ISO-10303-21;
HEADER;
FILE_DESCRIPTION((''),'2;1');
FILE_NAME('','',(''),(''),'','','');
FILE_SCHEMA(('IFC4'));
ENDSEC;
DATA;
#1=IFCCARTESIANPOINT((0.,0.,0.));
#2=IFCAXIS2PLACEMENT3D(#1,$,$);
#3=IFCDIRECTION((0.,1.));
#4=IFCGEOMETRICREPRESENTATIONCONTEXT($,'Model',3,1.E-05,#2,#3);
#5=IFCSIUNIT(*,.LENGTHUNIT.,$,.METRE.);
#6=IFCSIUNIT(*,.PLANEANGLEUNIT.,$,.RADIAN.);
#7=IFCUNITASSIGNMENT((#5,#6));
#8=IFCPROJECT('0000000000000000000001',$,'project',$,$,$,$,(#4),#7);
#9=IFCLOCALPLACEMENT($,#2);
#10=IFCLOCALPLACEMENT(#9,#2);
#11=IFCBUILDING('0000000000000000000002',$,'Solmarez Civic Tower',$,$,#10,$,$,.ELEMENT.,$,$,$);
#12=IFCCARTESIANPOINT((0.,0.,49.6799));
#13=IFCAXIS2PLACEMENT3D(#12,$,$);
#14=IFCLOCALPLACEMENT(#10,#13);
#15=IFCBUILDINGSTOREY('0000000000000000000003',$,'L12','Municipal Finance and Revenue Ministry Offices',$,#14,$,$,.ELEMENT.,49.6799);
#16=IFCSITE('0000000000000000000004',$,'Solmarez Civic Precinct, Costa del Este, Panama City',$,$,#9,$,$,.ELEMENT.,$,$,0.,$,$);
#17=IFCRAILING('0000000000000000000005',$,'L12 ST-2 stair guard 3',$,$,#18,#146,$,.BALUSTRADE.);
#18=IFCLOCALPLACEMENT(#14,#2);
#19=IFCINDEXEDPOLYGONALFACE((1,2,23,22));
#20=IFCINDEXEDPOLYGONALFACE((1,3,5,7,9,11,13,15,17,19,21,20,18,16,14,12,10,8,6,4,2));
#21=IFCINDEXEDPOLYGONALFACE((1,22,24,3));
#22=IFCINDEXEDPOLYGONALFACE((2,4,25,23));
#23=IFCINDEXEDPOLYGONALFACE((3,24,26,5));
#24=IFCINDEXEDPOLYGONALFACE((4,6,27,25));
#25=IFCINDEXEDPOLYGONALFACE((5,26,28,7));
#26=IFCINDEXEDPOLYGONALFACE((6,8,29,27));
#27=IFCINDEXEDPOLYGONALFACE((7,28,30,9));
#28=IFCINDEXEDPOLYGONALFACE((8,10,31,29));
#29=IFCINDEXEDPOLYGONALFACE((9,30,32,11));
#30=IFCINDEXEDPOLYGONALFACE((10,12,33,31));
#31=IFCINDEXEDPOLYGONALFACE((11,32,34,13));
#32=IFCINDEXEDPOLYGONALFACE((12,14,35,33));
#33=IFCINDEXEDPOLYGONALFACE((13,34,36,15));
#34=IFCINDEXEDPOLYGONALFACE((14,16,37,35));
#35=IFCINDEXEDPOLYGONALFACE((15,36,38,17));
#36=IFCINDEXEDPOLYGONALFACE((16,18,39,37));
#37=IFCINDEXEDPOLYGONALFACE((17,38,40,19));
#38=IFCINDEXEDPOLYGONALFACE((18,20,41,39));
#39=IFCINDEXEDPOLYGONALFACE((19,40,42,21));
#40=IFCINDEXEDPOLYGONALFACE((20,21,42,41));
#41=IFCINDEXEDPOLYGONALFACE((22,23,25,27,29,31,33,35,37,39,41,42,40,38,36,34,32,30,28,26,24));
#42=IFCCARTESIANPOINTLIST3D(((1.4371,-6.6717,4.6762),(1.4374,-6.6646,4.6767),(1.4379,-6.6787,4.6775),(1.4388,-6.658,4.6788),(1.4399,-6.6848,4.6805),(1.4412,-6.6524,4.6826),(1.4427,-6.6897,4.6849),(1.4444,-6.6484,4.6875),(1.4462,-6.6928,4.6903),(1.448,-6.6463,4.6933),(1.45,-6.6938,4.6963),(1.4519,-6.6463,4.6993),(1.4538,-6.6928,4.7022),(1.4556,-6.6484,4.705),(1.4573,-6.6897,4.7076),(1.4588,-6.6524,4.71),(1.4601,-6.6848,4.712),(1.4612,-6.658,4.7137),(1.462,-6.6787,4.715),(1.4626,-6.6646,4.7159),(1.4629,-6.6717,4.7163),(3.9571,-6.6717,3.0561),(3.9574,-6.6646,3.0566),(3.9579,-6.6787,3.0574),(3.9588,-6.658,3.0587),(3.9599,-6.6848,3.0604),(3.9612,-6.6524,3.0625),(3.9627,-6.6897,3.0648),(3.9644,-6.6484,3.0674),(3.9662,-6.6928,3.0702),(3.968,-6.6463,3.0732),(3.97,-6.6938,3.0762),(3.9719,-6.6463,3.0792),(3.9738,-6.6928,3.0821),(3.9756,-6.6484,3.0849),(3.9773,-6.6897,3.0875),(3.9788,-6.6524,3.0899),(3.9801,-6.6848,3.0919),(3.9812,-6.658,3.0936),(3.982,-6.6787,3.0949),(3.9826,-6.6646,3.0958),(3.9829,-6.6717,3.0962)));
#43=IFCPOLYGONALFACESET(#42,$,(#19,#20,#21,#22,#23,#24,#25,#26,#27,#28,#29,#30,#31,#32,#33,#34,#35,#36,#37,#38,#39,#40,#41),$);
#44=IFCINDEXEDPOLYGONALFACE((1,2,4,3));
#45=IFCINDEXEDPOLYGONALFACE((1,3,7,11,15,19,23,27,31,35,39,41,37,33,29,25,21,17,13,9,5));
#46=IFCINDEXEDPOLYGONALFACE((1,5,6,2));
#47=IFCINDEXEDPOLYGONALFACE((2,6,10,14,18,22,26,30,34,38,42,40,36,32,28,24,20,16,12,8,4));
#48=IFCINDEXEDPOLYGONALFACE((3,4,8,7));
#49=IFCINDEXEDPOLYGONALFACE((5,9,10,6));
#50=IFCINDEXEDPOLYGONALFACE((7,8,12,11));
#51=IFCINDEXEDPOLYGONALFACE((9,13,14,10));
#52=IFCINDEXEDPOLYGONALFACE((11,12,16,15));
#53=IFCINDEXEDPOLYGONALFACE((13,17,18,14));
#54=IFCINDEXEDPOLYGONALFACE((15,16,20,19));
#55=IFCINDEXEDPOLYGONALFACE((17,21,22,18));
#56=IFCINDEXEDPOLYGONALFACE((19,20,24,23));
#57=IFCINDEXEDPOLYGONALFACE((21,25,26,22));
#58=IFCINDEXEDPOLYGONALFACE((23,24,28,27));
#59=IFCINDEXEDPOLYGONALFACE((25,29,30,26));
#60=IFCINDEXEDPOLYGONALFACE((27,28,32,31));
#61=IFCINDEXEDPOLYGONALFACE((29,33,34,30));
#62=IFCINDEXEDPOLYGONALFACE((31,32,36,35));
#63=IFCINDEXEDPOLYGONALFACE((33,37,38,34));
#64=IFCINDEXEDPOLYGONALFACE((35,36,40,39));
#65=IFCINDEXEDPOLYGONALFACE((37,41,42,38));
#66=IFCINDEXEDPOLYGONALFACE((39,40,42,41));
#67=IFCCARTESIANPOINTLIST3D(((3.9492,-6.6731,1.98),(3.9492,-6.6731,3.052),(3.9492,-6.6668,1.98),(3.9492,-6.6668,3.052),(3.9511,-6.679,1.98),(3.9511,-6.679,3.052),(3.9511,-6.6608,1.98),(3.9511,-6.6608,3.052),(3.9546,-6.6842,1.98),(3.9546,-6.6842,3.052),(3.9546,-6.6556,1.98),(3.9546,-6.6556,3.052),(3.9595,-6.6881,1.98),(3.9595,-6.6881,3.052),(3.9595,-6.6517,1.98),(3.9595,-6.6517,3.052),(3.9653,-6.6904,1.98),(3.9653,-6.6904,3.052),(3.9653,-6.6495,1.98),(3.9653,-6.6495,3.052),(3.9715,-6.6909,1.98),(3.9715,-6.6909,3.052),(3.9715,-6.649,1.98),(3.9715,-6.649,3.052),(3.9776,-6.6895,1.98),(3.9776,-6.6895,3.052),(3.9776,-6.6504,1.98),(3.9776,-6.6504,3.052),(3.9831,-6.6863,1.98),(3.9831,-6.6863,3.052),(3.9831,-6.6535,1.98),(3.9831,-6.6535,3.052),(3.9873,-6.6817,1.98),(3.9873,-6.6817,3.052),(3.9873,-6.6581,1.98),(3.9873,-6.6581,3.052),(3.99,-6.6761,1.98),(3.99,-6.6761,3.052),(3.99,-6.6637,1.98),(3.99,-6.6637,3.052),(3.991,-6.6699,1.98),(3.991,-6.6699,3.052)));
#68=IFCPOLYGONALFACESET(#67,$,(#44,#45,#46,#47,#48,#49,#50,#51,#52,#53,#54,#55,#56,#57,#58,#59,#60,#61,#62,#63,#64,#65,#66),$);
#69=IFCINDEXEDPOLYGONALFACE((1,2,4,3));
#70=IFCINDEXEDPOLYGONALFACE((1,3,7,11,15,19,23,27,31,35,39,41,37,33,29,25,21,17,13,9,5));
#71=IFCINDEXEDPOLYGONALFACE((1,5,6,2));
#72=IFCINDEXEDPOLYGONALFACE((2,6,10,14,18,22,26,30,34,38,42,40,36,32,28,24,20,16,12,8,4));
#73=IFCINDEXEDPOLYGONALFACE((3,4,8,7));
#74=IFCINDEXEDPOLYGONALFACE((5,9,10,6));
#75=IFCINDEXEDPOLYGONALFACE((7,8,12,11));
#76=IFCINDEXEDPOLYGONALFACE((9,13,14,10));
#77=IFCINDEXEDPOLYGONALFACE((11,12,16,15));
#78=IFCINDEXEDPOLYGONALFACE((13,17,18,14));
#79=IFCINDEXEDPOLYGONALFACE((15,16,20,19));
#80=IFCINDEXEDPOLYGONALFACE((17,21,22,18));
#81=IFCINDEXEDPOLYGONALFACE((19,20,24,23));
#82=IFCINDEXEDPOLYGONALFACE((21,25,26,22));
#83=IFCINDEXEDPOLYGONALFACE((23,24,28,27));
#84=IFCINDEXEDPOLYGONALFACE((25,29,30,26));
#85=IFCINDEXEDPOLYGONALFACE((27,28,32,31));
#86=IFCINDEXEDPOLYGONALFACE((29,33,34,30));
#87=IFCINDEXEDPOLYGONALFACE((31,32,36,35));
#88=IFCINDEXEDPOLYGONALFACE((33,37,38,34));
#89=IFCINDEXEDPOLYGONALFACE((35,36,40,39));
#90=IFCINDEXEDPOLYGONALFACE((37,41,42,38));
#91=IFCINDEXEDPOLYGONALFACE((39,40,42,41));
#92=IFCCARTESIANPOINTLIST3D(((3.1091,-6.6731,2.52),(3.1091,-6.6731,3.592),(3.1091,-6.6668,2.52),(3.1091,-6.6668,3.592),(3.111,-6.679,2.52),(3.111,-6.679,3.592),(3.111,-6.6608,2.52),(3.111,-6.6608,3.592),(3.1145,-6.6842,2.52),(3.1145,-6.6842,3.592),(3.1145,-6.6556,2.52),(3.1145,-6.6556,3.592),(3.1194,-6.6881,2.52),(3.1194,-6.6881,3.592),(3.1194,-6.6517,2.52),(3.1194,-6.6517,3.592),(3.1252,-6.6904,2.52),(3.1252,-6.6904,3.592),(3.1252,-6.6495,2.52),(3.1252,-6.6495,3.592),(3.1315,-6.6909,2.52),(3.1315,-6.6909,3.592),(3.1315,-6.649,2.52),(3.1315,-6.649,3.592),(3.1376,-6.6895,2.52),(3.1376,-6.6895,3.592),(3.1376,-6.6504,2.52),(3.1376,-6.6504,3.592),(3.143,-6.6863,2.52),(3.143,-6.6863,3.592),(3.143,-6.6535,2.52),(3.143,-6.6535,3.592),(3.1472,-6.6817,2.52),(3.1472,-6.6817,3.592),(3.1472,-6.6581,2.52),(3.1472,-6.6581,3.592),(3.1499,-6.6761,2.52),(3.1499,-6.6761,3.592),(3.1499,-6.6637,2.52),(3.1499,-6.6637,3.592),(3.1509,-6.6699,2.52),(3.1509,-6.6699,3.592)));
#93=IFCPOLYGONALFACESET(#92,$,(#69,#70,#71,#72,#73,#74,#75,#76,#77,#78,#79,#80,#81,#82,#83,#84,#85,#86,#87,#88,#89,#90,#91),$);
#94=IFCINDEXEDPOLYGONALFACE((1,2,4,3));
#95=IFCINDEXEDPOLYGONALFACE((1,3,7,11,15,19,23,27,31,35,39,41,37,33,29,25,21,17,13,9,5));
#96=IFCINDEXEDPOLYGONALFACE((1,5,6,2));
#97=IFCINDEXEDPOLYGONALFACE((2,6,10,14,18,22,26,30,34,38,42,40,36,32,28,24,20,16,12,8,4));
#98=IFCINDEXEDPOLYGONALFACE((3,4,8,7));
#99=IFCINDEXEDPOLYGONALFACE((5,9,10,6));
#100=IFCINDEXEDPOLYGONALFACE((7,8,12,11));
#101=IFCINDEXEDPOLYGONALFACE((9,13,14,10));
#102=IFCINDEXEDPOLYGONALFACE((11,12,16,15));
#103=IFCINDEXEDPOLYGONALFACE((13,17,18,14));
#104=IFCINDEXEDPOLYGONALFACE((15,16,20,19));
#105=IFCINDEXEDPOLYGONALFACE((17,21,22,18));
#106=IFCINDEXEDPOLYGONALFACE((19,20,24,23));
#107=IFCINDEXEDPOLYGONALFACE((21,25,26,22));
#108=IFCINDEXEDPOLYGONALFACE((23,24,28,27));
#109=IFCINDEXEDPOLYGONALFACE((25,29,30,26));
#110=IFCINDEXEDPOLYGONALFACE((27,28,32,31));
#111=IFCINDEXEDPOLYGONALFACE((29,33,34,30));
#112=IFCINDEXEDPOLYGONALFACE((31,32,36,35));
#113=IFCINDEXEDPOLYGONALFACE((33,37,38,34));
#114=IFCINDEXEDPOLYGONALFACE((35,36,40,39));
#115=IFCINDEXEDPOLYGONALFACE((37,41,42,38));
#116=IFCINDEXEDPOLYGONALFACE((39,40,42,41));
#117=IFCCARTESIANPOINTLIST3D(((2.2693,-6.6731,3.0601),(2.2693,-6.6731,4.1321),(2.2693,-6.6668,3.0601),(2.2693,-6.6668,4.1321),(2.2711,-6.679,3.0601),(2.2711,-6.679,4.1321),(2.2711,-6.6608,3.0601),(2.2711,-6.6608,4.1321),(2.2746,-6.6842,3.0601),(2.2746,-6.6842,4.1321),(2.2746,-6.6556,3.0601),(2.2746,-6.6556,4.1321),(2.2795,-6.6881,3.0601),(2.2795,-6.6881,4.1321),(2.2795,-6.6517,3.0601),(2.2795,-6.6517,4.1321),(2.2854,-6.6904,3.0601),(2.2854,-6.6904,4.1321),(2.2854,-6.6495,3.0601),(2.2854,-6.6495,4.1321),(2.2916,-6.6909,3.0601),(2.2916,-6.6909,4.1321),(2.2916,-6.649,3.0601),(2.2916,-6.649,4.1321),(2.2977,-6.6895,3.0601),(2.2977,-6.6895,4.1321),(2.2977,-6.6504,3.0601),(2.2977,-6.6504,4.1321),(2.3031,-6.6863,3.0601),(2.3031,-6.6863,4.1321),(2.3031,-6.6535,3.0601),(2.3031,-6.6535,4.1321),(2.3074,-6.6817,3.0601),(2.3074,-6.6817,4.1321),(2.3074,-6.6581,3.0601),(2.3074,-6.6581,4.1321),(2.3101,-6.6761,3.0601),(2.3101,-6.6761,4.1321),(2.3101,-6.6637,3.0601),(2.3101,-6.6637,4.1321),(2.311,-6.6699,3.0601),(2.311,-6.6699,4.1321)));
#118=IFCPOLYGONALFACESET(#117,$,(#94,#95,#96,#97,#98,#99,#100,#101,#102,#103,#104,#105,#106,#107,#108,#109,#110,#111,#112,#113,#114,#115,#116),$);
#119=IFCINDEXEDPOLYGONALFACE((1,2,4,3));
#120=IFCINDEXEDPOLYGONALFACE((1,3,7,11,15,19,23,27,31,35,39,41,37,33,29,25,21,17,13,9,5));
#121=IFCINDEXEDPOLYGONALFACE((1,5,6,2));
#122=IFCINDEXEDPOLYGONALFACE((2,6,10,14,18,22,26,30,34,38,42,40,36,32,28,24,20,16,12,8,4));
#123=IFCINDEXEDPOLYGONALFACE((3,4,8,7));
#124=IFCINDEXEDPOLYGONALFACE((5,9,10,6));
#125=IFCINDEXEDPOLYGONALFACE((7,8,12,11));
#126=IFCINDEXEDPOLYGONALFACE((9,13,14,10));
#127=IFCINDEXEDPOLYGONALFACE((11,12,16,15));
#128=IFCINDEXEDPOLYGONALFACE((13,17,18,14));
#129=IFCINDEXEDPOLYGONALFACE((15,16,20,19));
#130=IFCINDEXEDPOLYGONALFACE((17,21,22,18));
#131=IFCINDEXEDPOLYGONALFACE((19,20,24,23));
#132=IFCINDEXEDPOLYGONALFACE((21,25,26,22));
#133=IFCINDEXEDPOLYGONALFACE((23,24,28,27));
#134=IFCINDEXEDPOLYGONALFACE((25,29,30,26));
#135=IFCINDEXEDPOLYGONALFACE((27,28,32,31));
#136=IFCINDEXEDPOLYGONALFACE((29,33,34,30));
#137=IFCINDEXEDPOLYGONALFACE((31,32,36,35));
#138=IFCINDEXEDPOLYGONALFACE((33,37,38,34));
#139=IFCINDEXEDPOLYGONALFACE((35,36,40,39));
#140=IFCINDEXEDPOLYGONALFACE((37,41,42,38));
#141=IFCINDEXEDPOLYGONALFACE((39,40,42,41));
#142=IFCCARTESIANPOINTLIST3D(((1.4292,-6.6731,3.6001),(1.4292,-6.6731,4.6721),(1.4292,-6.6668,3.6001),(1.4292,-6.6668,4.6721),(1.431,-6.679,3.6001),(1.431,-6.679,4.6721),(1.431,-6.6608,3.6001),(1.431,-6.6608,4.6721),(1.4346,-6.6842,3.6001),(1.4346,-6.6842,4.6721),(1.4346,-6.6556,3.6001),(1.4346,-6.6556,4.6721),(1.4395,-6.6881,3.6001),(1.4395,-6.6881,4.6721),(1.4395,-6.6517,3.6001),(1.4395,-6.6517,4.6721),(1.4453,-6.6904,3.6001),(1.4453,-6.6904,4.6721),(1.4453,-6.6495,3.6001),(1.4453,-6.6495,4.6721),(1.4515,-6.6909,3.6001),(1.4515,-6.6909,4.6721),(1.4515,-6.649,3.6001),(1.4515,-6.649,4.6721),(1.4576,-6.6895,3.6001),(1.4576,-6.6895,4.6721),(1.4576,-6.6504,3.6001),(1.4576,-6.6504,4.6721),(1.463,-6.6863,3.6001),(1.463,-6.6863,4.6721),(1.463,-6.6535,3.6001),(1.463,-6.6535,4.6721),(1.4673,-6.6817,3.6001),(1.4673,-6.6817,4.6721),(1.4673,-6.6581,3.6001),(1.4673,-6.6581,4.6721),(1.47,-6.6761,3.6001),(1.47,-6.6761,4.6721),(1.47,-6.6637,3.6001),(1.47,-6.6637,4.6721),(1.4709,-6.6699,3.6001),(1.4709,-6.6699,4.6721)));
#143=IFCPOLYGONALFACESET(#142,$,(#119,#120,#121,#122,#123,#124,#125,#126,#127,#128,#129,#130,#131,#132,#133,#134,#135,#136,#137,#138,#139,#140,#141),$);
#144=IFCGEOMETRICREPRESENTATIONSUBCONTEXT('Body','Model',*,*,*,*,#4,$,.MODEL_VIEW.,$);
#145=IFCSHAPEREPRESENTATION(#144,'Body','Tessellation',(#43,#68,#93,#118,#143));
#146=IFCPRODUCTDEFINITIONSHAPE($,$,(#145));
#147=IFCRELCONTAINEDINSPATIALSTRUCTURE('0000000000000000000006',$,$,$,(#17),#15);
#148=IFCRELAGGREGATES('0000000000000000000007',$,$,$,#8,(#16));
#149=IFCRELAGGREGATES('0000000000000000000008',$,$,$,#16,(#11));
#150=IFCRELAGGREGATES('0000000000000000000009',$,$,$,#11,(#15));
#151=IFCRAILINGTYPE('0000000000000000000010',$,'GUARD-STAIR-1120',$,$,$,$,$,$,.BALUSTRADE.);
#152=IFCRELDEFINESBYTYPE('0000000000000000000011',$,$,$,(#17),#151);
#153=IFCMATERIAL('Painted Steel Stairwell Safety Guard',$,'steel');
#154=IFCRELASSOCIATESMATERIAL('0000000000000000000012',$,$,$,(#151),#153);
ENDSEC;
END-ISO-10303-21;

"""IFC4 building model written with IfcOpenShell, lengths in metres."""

from ifc_helpers import new_model, si_unit, direction, frame, origin, origin_2d, place, context, subcontext, project, spatial, circle, extrude, material, type_object, element, save


model = new_model("IFC4")

# Units and contexts
model_context = context("Model", 3, precision=1e-05, world=origin(), true_north=direction((0.0, 1.0)))
body_context = subcontext(model_context, "Body", "Model", "MODEL_VIEW")
ifc_project = project(units=[si_unit("LENGTHUNIT", "METRE"), si_unit("PLANEANGLEUNIT", "RADIAN")], contexts=[model_context])

# Site, building, storey
site_placement = place(None, origin())
site = spatial("IfcSite", under=ifc_project, at=site_placement, Name="Solmarez Civic Precinct, Costa del Este, Panama City", CompositionType="ELEMENT", RefElevation=0.0)
building_placement = place(site_placement, origin())
building = spatial("IfcBuilding", under=site, at=building_placement, Name="Solmarez Civic Tower", CompositionType="ELEMENT")
storey_placement = place(building_placement, frame((0.0, 0.0, 49.6799)))
storey = spatial("IfcBuildingStorey", under=building, at=storey_placement, Name="L12", Description="Municipal Finance and Revenue Ministry Offices", CompositionType="ELEMENT", Elevation=49.6799)

# Railing
ifc_material_1 = material(Name="Painted Steel Stairwell Safety Guard", Category="steel")
railing_type_1 = type_object("IfcRailingType", Name="GUARD-STAIR-1120", PredefinedType="BALUSTRADE", material=ifc_material_1)
railing_1_placement = place(storey_placement, frame((3.97, -6.6699, 1.98)))
element("IfcRailing", 1, at=railing_1_placement, inside=storey, type_object=railing_type_1, Name="L12 ST-2 stair guard 3", PredefinedType="BALUSTRADE", context=body_context, shape_type="SweptSolid", body=[
    extrude(circle(Radius=0.0239, at=origin_2d()), frame((0.0, 0.0, 1.0962), z_axis=(-0.841163, 0.0, 0.540782), x_axis=(0.0, -1.0, 0.0)), (0.0, 0.0, 1.0), 2.9958),
    extrude(circle(Radius=0.021, at=origin_2d()), origin(), (0.0, 0.0, 1.0), 1.072),
    extrude(circle(Radius=0.021, at=origin_2d()), frame((-0.8401, 0.0, 0.54)), (0.0, 0.0, 1.0), 1.072),
    extrude(circle(Radius=0.021, at=origin_2d()), frame((-1.6799, 0.0, 1.0801)), (0.0, 0.0, 1.0), 1.072),
    extrude(circle(Radius=0.021, at=origin_2d()), frame((-2.52, 0.0, 1.6201)), (0.0, 0.0, 1.0), 1.072),
])

save(model, "model.ifc")
